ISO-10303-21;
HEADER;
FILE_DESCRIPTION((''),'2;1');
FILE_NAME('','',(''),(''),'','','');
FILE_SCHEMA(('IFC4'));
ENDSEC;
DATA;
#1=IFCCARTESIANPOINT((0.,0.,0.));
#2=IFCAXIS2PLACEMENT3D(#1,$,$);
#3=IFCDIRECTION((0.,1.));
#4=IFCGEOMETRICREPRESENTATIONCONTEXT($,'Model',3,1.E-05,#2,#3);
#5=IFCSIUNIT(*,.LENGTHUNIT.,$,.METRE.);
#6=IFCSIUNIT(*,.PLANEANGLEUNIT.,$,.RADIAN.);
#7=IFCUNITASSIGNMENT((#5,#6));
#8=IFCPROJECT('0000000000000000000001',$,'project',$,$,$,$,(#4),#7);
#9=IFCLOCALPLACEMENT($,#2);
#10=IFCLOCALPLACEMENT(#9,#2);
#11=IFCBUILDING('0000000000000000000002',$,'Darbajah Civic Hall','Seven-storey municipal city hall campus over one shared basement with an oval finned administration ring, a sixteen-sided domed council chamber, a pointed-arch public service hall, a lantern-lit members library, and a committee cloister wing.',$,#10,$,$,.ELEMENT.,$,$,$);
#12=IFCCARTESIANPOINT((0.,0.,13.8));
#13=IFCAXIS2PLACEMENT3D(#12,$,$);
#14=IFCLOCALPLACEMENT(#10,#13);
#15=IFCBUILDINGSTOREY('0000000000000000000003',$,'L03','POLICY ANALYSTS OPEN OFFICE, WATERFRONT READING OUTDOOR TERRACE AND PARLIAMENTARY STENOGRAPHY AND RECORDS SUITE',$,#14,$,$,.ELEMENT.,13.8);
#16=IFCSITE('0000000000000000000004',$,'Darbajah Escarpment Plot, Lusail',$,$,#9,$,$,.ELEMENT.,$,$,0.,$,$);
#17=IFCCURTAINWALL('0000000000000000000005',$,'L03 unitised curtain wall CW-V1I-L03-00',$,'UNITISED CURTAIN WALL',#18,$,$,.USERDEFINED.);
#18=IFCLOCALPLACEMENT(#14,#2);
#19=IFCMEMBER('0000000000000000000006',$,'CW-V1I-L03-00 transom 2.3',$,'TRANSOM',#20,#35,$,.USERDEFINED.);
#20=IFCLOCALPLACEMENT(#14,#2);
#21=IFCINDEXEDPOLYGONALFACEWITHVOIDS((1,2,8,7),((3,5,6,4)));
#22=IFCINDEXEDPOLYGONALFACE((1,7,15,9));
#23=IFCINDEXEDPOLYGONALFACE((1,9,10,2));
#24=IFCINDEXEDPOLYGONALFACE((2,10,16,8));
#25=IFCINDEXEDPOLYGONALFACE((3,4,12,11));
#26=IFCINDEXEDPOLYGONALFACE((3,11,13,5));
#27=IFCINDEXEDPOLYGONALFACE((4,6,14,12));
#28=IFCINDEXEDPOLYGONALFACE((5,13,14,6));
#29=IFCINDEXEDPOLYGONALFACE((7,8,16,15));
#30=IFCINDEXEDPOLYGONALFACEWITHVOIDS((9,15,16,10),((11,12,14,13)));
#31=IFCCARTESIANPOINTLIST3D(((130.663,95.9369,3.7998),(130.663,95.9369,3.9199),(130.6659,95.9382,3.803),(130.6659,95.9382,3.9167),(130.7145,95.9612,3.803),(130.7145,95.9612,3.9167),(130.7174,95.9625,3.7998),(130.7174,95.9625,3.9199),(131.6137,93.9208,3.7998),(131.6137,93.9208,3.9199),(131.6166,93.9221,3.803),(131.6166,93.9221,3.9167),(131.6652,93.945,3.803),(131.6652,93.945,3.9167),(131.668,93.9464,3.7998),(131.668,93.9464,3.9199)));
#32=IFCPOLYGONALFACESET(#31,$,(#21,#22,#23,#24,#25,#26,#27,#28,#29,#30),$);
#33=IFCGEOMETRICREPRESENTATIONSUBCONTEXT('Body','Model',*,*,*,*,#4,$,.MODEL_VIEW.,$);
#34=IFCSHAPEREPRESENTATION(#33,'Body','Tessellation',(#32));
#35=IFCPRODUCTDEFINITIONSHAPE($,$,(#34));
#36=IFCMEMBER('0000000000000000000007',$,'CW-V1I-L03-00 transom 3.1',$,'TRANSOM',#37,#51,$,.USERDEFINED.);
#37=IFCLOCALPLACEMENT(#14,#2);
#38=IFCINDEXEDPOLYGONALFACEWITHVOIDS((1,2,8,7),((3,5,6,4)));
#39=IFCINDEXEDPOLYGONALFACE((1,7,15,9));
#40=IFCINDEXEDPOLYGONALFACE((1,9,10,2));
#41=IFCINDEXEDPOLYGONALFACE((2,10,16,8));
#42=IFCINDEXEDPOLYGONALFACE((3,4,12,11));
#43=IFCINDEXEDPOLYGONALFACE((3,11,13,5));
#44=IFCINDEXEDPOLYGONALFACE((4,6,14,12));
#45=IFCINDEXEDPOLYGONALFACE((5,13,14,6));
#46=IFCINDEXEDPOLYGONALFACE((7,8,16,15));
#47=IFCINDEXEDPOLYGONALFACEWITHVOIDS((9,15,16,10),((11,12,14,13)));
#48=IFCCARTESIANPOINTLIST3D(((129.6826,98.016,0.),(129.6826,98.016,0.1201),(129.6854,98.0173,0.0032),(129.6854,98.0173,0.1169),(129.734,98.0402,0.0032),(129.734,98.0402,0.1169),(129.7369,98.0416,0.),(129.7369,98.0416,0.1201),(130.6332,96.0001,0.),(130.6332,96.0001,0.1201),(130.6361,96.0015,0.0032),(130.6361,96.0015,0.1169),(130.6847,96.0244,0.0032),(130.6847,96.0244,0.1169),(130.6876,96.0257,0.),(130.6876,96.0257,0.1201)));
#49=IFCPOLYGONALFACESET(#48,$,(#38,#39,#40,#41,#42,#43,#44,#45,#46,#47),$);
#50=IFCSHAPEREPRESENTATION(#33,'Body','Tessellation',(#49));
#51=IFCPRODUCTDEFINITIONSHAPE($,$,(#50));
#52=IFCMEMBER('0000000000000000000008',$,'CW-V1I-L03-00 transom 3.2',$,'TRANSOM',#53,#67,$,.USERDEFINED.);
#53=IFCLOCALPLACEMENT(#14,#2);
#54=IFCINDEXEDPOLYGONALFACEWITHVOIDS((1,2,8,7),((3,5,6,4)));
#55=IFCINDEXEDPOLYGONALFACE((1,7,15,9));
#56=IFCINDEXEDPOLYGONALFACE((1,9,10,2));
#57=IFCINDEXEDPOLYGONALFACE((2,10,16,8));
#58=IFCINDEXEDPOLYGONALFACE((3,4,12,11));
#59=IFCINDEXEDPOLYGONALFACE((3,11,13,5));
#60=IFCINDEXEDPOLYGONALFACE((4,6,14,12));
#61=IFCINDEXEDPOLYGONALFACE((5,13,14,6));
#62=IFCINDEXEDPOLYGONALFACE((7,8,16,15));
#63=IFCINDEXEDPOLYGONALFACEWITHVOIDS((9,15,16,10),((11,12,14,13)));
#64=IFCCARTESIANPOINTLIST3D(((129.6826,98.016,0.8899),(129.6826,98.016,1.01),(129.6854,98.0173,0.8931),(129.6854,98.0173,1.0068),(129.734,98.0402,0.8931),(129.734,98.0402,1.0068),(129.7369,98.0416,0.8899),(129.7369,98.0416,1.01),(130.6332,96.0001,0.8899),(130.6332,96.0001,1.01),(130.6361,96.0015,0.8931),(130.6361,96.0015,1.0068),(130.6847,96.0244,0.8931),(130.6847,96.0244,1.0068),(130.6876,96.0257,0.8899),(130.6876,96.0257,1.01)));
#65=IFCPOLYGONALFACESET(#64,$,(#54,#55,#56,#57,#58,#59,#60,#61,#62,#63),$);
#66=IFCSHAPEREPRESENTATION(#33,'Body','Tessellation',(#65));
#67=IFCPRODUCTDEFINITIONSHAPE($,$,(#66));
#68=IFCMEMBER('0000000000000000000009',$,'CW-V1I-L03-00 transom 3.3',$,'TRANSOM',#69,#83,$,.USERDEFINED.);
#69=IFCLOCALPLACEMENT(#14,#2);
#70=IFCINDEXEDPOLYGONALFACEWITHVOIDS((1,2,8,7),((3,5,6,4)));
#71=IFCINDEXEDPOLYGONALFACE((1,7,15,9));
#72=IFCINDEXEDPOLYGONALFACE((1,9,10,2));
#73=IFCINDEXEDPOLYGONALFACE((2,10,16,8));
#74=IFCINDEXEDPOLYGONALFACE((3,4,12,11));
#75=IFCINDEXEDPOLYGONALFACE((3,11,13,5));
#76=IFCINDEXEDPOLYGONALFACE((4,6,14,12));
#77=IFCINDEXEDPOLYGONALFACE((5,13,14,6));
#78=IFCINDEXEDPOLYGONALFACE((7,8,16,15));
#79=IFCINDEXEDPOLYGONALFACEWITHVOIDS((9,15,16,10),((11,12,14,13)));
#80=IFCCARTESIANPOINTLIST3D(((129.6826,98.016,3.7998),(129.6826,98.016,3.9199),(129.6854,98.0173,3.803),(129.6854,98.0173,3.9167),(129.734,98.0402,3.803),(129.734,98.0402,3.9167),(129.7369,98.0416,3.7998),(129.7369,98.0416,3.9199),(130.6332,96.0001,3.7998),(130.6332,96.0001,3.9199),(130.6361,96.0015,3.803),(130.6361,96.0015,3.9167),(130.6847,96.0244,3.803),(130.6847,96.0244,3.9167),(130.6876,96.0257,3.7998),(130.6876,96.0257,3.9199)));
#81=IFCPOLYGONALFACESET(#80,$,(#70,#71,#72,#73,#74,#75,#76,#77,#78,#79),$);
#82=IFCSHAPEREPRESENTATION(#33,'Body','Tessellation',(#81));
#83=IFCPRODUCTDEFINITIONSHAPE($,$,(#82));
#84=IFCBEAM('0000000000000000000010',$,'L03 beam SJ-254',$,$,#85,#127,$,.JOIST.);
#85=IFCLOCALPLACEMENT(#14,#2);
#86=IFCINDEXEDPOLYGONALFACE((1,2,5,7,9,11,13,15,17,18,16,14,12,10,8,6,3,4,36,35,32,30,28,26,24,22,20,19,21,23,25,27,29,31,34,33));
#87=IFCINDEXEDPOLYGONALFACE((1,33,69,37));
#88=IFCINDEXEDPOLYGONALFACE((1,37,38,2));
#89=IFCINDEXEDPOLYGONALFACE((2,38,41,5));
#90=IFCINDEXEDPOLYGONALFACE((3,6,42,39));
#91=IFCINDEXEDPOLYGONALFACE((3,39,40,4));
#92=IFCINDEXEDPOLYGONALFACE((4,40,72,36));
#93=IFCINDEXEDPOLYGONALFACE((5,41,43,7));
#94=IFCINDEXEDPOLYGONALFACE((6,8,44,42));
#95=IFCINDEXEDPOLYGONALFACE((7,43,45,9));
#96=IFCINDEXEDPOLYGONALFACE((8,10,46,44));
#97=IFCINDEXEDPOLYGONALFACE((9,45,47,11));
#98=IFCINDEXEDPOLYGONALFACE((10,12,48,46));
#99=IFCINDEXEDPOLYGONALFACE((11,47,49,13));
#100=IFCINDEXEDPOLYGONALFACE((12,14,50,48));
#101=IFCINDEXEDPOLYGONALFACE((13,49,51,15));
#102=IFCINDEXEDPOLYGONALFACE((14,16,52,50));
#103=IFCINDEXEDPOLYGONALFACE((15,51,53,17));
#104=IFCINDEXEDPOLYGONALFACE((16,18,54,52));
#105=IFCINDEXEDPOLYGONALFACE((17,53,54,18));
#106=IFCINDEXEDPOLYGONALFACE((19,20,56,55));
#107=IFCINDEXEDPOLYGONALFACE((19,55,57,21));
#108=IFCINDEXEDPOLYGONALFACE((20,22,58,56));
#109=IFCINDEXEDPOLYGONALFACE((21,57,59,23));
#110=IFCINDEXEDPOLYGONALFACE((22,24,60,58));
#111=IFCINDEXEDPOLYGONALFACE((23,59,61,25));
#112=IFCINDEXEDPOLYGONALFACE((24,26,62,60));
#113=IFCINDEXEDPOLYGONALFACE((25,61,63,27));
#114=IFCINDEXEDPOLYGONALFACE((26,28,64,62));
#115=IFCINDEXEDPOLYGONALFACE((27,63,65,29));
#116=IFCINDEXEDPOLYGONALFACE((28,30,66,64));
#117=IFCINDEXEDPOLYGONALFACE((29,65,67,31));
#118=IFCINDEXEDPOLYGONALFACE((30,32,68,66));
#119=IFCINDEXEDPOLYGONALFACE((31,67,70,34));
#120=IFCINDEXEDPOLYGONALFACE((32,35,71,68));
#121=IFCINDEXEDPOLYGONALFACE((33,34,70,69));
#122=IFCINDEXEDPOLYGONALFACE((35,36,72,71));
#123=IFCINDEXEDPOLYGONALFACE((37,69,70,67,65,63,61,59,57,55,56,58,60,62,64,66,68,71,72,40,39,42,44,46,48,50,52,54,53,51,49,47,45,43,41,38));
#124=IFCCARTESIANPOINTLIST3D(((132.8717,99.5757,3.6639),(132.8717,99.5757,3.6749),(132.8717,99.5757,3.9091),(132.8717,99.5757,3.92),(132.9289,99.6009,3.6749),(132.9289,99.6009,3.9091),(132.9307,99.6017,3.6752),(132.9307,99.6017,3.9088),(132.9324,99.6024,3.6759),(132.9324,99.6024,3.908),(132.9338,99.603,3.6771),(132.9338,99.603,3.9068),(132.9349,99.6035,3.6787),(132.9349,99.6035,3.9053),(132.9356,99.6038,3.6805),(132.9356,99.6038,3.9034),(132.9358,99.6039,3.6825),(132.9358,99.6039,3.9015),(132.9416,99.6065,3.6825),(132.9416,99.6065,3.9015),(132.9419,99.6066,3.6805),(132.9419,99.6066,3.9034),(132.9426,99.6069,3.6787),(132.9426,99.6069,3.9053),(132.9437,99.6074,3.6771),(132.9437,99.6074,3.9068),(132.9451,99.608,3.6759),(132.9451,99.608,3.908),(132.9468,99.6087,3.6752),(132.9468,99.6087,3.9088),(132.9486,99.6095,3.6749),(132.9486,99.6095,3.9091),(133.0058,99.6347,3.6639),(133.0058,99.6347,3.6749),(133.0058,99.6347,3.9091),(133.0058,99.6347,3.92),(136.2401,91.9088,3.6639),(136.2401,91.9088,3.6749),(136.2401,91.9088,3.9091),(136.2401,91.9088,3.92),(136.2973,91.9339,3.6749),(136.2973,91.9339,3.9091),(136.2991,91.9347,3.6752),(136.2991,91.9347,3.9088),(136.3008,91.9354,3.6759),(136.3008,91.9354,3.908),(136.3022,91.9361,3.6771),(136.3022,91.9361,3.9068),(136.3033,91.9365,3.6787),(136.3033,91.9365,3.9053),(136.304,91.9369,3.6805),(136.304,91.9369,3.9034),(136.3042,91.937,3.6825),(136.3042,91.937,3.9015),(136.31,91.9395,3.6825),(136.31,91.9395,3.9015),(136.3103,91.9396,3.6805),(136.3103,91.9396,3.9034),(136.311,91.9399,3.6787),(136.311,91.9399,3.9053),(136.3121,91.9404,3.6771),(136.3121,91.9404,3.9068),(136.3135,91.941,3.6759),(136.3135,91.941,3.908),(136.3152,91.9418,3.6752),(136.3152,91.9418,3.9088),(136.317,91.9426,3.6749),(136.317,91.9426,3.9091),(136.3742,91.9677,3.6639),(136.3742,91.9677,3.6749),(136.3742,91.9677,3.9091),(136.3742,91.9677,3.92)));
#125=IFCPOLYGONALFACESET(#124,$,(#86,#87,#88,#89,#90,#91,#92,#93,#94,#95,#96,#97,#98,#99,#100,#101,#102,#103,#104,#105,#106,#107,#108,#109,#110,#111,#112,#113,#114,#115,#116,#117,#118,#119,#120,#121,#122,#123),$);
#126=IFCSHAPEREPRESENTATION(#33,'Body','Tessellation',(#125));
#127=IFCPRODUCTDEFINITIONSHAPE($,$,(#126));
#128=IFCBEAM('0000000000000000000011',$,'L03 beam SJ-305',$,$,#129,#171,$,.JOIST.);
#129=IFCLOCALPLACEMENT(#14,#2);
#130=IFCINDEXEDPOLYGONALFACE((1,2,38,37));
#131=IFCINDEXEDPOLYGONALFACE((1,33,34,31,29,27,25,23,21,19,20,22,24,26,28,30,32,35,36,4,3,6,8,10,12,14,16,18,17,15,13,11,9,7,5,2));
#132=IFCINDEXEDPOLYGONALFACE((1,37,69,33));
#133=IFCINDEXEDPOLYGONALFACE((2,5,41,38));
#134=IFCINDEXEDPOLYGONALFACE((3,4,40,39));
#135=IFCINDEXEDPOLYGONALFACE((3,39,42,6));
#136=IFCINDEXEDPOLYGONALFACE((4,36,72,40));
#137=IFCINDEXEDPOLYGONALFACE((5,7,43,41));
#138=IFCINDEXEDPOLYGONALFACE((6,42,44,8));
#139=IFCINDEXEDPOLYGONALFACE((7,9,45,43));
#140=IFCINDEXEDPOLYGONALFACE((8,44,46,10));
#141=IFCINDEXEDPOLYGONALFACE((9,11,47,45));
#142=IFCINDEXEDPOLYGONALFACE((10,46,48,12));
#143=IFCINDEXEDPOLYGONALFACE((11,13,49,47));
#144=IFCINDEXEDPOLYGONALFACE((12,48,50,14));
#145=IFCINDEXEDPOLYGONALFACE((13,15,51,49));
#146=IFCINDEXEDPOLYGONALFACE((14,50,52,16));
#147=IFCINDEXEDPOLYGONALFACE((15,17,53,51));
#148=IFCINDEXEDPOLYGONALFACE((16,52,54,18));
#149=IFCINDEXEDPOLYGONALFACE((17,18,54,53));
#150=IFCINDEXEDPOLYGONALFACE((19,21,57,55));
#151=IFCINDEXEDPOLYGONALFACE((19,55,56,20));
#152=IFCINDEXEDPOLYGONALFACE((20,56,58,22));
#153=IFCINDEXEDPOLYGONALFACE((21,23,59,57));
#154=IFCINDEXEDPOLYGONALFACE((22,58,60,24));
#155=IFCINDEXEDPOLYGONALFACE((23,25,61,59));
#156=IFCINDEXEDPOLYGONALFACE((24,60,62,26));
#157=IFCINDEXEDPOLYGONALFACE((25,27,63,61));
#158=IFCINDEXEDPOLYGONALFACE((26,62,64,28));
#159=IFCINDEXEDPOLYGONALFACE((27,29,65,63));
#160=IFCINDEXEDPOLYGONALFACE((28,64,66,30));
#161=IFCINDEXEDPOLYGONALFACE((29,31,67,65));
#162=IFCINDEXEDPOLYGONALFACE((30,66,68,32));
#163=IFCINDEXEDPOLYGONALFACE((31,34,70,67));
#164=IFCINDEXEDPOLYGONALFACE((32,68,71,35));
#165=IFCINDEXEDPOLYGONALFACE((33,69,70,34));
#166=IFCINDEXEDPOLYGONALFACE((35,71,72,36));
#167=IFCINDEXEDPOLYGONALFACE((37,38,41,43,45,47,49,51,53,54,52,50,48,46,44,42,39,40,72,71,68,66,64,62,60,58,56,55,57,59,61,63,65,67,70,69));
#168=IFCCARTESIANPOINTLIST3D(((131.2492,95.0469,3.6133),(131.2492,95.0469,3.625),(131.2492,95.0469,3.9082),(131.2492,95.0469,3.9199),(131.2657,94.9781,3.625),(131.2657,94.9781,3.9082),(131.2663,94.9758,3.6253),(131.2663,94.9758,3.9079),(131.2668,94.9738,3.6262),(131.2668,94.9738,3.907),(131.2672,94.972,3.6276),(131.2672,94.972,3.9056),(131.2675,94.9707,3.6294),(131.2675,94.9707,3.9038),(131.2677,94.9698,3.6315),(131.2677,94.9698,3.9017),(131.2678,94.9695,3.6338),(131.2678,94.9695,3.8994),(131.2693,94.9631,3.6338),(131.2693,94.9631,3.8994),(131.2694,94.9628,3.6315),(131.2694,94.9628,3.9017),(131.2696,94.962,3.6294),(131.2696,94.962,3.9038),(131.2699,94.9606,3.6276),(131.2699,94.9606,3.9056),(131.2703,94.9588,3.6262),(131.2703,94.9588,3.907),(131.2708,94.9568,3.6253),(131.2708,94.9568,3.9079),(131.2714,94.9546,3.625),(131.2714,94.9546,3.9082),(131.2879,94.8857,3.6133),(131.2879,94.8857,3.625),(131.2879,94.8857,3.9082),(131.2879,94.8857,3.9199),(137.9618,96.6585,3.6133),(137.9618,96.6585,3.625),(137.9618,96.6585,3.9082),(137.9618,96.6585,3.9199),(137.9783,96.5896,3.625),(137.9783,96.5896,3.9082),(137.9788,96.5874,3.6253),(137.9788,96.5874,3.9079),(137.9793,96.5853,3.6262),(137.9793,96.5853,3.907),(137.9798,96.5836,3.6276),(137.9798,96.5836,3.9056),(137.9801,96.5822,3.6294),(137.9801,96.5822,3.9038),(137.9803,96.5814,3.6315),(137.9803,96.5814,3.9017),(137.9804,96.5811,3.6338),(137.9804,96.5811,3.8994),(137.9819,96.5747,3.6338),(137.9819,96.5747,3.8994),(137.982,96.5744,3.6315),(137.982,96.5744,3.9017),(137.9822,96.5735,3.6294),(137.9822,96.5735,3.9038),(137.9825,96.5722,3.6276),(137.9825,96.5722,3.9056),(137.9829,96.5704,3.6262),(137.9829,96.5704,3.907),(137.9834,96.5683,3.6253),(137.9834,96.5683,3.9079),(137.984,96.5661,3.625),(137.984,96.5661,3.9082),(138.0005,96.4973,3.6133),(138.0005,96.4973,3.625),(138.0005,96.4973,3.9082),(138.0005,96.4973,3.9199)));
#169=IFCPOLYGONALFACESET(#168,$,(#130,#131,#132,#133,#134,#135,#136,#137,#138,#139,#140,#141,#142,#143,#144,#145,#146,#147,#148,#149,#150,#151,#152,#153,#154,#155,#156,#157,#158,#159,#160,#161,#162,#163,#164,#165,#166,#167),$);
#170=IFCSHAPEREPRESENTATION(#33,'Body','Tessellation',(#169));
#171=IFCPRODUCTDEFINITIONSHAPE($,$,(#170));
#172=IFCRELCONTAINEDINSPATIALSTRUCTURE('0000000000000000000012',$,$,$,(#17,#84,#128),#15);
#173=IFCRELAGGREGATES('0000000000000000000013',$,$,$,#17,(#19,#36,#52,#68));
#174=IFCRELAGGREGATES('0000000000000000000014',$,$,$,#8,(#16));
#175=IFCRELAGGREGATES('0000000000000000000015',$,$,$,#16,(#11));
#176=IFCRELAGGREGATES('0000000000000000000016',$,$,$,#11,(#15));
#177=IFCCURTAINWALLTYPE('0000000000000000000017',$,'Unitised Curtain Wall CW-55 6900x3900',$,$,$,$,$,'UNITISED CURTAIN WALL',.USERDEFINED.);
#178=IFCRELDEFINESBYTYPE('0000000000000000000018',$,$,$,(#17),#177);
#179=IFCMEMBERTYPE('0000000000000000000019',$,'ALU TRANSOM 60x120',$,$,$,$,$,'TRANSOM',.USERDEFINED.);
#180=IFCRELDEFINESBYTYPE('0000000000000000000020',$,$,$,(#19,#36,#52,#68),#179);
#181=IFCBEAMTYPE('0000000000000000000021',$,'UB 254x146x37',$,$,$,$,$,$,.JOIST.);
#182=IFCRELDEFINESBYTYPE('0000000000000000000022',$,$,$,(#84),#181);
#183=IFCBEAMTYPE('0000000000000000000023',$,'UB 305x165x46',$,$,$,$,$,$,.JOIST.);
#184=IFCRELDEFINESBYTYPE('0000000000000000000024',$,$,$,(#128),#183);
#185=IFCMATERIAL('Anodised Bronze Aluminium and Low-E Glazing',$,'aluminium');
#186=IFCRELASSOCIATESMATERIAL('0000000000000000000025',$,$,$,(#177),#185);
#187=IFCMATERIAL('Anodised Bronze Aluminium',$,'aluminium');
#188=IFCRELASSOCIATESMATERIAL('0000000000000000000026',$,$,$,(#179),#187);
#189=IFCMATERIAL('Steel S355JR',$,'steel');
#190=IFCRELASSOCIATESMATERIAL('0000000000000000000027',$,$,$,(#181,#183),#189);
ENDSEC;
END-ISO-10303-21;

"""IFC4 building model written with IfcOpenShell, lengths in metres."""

from ifc_helpers import new_model, si_unit, direction, frame, origin, origin_2d, place, context, subcontext, project, spatial, hollow_rectangle, i_section, extrude, material, material_profile, profile_set, type_object, element, aggregate, save


model = new_model("IFC4")

# Units and contexts
model_context = context("Model", 3, precision=1e-05, world=origin(), true_north=direction((0.0, 1.0)))
body_context = subcontext(model_context, "Body", "Model", "MODEL_VIEW")
ifc_project = project(units=[si_unit("LENGTHUNIT", "METRE"), si_unit("PLANEANGLEUNIT", "RADIAN")], contexts=[model_context])

# Site, building, storey
site_placement = place(None, origin())
site = spatial("IfcSite", under=ifc_project, at=site_placement, Name="Darbajah Escarpment Plot, Lusail", CompositionType="ELEMENT", RefElevation=0.0)
building_placement = place(site_placement, origin())
building = spatial("IfcBuilding", under=site, at=building_placement, Name="Darbajah Civic Hall", Description="Seven-storey municipal city hall campus over one shared basement with an oval finned administration ring, a sixteen-sided domed council chamber, a pointed-arch public service hall, a lantern-lit members library, and a committee cloister wing.", CompositionType="ELEMENT")
storey_placement = place(building_placement, frame((0.0, 0.0, 13.8)))
storey = spatial("IfcBuildingStorey", under=building, at=storey_placement, Name="L03", Description="POLICY ANALYSTS OPEN OFFICE, WATERFRONT READING OUTDOOR TERRACE AND PARLIAMENTARY STENOGRAPHY AND RECORDS SUITE", CompositionType="ELEMENT", Elevation=13.8)

# Curtain wall, members
ifc_material_1 = material(Name="Anodised Bronze Aluminium and Low-E Glazing", Category="aluminium")
curtain_wall_type = type_object("IfcCurtainWallType", Name="Unitised Curtain Wall CW-55 6900x3900", ElementType="UNITISED CURTAIN WALL", PredefinedType="USERDEFINED", material=ifc_material_1)
curtain_wall_placement = place(storey_placement, origin())
curtain_wall = element("IfcCurtainWall", 1, at=curtain_wall_placement, inside=storey, type_object=curtain_wall_type, Name="L03 unitised curtain wall CW-V1I-L03-00", ObjectType="UNITISED CURTAIN WALL", PredefinedType="USERDEFINED")
ifc_material_2 = material(Name="Anodised Bronze Aluminium", Category="aluminium")
ifc_material_profile_1 = material_profile(ifc_material_2, hollow_rectangle(XDim=0.0601, YDim=0.1201, WallThickness=0.0032, at=origin_2d()), Name="ALU TRANSOM 60x120")
ifc_profile_set_1 = profile_set([ifc_material_profile_1], Name="Anodised Bronze Aluminium")
member_type_1 = type_object("IfcMemberType", Name="ALU TRANSOM 60x120", ElementType="TRANSOM", PredefinedType="USERDEFINED", material=ifc_profile_set_1)
member_1_placement = place(storey_placement, frame((131.6409, 93.9336, 3.8599), z_axis=(-0.426504, 0.904486, 0.0), x_axis=(-0.904486, -0.426504, 0.0)))
member_1 = element("IfcMember", 2, at=member_1_placement, type_object=member_type_1, Name="CW-V1I-L03-00 transom 2.3", ObjectType="TRANSOM", PredefinedType="USERDEFINED", context=body_context, shape_type="SweptSolid", body=[
    extrude(hollow_rectangle(XDim=0.0601, YDim=0.1201, WallThickness=0.0032, at=origin_2d()), origin(), (0.0, 0.0, 1.0), 2.229),
])
member_2_placement = place(storey_placement, frame((130.6604, 96.0129, 0.0601), z_axis=(-0.426546, 0.904466, 0.0), x_axis=(-0.904466, -0.426546, 0.0)))
member_2 = element("IfcMember", 3, at=member_2_placement, type_object=member_type_1, Name="CW-V1I-L03-00 transom 3.1", ObjectType="TRANSOM", PredefinedType="USERDEFINED", context=body_context, shape_type="SweptSolid", body=[
    extrude(hollow_rectangle(XDim=0.0601, YDim=0.1201, WallThickness=0.0032, at=origin_2d()), origin(), (0.0, 0.0, 1.0), 2.2288),
])
member_3_placement = place(storey_placement, frame((130.6604, 96.0129, 0.95), z_axis=(-0.426546, 0.904466, 0.0), x_axis=(-0.904466, -0.426546, 0.0)))
member_3 = element("IfcMember", 4, at=member_3_placement, type_object=member_type_1, Name="CW-V1I-L03-00 transom 3.2", ObjectType="TRANSOM", PredefinedType="USERDEFINED", context=body_context, shape_type="SweptSolid", body=[
    extrude(hollow_rectangle(XDim=0.0601, YDim=0.1201, WallThickness=0.0032, at=origin_2d()), origin(), (0.0, 0.0, 1.0), 2.2288),
])
member_4_placement = place(storey_placement, frame((130.6604, 96.0129, 3.8599), z_axis=(-0.426546, 0.904466, 0.0), x_axis=(-0.904466, -0.426546, 0.0)))
member_4 = element("IfcMember", 5, at=member_4_placement, type_object=member_type_1, Name="CW-V1I-L03-00 transom 3.3", ObjectType="TRANSOM", PredefinedType="USERDEFINED", context=body_context, shape_type="SweptSolid", body=[
    extrude(hollow_rectangle(XDim=0.0601, YDim=0.1201, WallThickness=0.0032, at=origin_2d()), origin(), (0.0, 0.0, 1.0), 2.2288),
])

# Beams
ifc_material_3 = material(Name="Steel S355JR", Category="steel")
ifc_material_profile_2 = material_profile(ifc_material_3, i_section(OverallWidth=0.1465, OverallDepth=0.2561, WebThickness=0.0063, FlangeThickness=0.011, FilletRadius=0.0076, at=origin_2d()), Name="UB 254x146x37")
ifc_profile_set_2 = profile_set([ifc_material_profile_2], Name="Steel S355JR")
beam_type_1 = type_object("IfcBeamType", Name="UB 254x146x37", PredefinedType="JOIST", material=ifc_profile_set_2)
beam_1_placement = place(storey_placement, frame((136.3071, 91.9382, 3.792), z_axis=(-0.402231, 0.915538, 0.0), x_axis=(-0.915538, -0.402231, 0.0)))
element("IfcBeam", 6, at=beam_1_placement, inside=storey, type_object=beam_type_1, Name="L03 beam SJ-254", PredefinedType="JOIST", context=body_context, shape_type="SweptSolid", body=[
    extrude(i_section(OverallWidth=0.1465, OverallDepth=0.2561, WebThickness=0.0063, FlangeThickness=0.011, FilletRadius=0.0076, at=origin_2d()), origin(), (0.0, 0.0, 1.0), 8.3743),
])
ifc_material_profile_3 = material_profile(ifc_material_3, i_section(OverallWidth=0.1658, OverallDepth=0.3066, WebThickness=0.0066, FlangeThickness=0.0117, FilletRadius=0.0088, at=origin_2d()), Name="UB 305x165x46")
ifc_profile_set_3 = profile_set([ifc_material_profile_3], Name="Steel S355JR")
beam_type_2 = type_object("IfcBeamType", Name="UB 305x165x46", PredefinedType="JOIST", material=ifc_profile_set_3)
beam_2_placement = place(storey_placement, frame((131.2686, 94.9663, 3.7666), z_axis=(0.97237, 0.233447, 0.0), x_axis=(-0.233447, 0.97237, 0.0)))
element("IfcBeam", 7, at=beam_2_placement, inside=storey, type_object=beam_type_2, Name="L03 beam SJ-305", PredefinedType="JOIST", context=body_context, shape_type="SweptSolid", body=[
    extrude(i_section(OverallWidth=0.1658, OverallDepth=0.3066, WebThickness=0.0066, FlangeThickness=0.0117, FilletRadius=0.0088, at=origin_2d()), origin(), (0.0, 0.0, 1.0), 6.9033),
])

aggregate(curtain_wall, [member_1, member_2, member_3, member_4])

save(model, "model.ifc")
